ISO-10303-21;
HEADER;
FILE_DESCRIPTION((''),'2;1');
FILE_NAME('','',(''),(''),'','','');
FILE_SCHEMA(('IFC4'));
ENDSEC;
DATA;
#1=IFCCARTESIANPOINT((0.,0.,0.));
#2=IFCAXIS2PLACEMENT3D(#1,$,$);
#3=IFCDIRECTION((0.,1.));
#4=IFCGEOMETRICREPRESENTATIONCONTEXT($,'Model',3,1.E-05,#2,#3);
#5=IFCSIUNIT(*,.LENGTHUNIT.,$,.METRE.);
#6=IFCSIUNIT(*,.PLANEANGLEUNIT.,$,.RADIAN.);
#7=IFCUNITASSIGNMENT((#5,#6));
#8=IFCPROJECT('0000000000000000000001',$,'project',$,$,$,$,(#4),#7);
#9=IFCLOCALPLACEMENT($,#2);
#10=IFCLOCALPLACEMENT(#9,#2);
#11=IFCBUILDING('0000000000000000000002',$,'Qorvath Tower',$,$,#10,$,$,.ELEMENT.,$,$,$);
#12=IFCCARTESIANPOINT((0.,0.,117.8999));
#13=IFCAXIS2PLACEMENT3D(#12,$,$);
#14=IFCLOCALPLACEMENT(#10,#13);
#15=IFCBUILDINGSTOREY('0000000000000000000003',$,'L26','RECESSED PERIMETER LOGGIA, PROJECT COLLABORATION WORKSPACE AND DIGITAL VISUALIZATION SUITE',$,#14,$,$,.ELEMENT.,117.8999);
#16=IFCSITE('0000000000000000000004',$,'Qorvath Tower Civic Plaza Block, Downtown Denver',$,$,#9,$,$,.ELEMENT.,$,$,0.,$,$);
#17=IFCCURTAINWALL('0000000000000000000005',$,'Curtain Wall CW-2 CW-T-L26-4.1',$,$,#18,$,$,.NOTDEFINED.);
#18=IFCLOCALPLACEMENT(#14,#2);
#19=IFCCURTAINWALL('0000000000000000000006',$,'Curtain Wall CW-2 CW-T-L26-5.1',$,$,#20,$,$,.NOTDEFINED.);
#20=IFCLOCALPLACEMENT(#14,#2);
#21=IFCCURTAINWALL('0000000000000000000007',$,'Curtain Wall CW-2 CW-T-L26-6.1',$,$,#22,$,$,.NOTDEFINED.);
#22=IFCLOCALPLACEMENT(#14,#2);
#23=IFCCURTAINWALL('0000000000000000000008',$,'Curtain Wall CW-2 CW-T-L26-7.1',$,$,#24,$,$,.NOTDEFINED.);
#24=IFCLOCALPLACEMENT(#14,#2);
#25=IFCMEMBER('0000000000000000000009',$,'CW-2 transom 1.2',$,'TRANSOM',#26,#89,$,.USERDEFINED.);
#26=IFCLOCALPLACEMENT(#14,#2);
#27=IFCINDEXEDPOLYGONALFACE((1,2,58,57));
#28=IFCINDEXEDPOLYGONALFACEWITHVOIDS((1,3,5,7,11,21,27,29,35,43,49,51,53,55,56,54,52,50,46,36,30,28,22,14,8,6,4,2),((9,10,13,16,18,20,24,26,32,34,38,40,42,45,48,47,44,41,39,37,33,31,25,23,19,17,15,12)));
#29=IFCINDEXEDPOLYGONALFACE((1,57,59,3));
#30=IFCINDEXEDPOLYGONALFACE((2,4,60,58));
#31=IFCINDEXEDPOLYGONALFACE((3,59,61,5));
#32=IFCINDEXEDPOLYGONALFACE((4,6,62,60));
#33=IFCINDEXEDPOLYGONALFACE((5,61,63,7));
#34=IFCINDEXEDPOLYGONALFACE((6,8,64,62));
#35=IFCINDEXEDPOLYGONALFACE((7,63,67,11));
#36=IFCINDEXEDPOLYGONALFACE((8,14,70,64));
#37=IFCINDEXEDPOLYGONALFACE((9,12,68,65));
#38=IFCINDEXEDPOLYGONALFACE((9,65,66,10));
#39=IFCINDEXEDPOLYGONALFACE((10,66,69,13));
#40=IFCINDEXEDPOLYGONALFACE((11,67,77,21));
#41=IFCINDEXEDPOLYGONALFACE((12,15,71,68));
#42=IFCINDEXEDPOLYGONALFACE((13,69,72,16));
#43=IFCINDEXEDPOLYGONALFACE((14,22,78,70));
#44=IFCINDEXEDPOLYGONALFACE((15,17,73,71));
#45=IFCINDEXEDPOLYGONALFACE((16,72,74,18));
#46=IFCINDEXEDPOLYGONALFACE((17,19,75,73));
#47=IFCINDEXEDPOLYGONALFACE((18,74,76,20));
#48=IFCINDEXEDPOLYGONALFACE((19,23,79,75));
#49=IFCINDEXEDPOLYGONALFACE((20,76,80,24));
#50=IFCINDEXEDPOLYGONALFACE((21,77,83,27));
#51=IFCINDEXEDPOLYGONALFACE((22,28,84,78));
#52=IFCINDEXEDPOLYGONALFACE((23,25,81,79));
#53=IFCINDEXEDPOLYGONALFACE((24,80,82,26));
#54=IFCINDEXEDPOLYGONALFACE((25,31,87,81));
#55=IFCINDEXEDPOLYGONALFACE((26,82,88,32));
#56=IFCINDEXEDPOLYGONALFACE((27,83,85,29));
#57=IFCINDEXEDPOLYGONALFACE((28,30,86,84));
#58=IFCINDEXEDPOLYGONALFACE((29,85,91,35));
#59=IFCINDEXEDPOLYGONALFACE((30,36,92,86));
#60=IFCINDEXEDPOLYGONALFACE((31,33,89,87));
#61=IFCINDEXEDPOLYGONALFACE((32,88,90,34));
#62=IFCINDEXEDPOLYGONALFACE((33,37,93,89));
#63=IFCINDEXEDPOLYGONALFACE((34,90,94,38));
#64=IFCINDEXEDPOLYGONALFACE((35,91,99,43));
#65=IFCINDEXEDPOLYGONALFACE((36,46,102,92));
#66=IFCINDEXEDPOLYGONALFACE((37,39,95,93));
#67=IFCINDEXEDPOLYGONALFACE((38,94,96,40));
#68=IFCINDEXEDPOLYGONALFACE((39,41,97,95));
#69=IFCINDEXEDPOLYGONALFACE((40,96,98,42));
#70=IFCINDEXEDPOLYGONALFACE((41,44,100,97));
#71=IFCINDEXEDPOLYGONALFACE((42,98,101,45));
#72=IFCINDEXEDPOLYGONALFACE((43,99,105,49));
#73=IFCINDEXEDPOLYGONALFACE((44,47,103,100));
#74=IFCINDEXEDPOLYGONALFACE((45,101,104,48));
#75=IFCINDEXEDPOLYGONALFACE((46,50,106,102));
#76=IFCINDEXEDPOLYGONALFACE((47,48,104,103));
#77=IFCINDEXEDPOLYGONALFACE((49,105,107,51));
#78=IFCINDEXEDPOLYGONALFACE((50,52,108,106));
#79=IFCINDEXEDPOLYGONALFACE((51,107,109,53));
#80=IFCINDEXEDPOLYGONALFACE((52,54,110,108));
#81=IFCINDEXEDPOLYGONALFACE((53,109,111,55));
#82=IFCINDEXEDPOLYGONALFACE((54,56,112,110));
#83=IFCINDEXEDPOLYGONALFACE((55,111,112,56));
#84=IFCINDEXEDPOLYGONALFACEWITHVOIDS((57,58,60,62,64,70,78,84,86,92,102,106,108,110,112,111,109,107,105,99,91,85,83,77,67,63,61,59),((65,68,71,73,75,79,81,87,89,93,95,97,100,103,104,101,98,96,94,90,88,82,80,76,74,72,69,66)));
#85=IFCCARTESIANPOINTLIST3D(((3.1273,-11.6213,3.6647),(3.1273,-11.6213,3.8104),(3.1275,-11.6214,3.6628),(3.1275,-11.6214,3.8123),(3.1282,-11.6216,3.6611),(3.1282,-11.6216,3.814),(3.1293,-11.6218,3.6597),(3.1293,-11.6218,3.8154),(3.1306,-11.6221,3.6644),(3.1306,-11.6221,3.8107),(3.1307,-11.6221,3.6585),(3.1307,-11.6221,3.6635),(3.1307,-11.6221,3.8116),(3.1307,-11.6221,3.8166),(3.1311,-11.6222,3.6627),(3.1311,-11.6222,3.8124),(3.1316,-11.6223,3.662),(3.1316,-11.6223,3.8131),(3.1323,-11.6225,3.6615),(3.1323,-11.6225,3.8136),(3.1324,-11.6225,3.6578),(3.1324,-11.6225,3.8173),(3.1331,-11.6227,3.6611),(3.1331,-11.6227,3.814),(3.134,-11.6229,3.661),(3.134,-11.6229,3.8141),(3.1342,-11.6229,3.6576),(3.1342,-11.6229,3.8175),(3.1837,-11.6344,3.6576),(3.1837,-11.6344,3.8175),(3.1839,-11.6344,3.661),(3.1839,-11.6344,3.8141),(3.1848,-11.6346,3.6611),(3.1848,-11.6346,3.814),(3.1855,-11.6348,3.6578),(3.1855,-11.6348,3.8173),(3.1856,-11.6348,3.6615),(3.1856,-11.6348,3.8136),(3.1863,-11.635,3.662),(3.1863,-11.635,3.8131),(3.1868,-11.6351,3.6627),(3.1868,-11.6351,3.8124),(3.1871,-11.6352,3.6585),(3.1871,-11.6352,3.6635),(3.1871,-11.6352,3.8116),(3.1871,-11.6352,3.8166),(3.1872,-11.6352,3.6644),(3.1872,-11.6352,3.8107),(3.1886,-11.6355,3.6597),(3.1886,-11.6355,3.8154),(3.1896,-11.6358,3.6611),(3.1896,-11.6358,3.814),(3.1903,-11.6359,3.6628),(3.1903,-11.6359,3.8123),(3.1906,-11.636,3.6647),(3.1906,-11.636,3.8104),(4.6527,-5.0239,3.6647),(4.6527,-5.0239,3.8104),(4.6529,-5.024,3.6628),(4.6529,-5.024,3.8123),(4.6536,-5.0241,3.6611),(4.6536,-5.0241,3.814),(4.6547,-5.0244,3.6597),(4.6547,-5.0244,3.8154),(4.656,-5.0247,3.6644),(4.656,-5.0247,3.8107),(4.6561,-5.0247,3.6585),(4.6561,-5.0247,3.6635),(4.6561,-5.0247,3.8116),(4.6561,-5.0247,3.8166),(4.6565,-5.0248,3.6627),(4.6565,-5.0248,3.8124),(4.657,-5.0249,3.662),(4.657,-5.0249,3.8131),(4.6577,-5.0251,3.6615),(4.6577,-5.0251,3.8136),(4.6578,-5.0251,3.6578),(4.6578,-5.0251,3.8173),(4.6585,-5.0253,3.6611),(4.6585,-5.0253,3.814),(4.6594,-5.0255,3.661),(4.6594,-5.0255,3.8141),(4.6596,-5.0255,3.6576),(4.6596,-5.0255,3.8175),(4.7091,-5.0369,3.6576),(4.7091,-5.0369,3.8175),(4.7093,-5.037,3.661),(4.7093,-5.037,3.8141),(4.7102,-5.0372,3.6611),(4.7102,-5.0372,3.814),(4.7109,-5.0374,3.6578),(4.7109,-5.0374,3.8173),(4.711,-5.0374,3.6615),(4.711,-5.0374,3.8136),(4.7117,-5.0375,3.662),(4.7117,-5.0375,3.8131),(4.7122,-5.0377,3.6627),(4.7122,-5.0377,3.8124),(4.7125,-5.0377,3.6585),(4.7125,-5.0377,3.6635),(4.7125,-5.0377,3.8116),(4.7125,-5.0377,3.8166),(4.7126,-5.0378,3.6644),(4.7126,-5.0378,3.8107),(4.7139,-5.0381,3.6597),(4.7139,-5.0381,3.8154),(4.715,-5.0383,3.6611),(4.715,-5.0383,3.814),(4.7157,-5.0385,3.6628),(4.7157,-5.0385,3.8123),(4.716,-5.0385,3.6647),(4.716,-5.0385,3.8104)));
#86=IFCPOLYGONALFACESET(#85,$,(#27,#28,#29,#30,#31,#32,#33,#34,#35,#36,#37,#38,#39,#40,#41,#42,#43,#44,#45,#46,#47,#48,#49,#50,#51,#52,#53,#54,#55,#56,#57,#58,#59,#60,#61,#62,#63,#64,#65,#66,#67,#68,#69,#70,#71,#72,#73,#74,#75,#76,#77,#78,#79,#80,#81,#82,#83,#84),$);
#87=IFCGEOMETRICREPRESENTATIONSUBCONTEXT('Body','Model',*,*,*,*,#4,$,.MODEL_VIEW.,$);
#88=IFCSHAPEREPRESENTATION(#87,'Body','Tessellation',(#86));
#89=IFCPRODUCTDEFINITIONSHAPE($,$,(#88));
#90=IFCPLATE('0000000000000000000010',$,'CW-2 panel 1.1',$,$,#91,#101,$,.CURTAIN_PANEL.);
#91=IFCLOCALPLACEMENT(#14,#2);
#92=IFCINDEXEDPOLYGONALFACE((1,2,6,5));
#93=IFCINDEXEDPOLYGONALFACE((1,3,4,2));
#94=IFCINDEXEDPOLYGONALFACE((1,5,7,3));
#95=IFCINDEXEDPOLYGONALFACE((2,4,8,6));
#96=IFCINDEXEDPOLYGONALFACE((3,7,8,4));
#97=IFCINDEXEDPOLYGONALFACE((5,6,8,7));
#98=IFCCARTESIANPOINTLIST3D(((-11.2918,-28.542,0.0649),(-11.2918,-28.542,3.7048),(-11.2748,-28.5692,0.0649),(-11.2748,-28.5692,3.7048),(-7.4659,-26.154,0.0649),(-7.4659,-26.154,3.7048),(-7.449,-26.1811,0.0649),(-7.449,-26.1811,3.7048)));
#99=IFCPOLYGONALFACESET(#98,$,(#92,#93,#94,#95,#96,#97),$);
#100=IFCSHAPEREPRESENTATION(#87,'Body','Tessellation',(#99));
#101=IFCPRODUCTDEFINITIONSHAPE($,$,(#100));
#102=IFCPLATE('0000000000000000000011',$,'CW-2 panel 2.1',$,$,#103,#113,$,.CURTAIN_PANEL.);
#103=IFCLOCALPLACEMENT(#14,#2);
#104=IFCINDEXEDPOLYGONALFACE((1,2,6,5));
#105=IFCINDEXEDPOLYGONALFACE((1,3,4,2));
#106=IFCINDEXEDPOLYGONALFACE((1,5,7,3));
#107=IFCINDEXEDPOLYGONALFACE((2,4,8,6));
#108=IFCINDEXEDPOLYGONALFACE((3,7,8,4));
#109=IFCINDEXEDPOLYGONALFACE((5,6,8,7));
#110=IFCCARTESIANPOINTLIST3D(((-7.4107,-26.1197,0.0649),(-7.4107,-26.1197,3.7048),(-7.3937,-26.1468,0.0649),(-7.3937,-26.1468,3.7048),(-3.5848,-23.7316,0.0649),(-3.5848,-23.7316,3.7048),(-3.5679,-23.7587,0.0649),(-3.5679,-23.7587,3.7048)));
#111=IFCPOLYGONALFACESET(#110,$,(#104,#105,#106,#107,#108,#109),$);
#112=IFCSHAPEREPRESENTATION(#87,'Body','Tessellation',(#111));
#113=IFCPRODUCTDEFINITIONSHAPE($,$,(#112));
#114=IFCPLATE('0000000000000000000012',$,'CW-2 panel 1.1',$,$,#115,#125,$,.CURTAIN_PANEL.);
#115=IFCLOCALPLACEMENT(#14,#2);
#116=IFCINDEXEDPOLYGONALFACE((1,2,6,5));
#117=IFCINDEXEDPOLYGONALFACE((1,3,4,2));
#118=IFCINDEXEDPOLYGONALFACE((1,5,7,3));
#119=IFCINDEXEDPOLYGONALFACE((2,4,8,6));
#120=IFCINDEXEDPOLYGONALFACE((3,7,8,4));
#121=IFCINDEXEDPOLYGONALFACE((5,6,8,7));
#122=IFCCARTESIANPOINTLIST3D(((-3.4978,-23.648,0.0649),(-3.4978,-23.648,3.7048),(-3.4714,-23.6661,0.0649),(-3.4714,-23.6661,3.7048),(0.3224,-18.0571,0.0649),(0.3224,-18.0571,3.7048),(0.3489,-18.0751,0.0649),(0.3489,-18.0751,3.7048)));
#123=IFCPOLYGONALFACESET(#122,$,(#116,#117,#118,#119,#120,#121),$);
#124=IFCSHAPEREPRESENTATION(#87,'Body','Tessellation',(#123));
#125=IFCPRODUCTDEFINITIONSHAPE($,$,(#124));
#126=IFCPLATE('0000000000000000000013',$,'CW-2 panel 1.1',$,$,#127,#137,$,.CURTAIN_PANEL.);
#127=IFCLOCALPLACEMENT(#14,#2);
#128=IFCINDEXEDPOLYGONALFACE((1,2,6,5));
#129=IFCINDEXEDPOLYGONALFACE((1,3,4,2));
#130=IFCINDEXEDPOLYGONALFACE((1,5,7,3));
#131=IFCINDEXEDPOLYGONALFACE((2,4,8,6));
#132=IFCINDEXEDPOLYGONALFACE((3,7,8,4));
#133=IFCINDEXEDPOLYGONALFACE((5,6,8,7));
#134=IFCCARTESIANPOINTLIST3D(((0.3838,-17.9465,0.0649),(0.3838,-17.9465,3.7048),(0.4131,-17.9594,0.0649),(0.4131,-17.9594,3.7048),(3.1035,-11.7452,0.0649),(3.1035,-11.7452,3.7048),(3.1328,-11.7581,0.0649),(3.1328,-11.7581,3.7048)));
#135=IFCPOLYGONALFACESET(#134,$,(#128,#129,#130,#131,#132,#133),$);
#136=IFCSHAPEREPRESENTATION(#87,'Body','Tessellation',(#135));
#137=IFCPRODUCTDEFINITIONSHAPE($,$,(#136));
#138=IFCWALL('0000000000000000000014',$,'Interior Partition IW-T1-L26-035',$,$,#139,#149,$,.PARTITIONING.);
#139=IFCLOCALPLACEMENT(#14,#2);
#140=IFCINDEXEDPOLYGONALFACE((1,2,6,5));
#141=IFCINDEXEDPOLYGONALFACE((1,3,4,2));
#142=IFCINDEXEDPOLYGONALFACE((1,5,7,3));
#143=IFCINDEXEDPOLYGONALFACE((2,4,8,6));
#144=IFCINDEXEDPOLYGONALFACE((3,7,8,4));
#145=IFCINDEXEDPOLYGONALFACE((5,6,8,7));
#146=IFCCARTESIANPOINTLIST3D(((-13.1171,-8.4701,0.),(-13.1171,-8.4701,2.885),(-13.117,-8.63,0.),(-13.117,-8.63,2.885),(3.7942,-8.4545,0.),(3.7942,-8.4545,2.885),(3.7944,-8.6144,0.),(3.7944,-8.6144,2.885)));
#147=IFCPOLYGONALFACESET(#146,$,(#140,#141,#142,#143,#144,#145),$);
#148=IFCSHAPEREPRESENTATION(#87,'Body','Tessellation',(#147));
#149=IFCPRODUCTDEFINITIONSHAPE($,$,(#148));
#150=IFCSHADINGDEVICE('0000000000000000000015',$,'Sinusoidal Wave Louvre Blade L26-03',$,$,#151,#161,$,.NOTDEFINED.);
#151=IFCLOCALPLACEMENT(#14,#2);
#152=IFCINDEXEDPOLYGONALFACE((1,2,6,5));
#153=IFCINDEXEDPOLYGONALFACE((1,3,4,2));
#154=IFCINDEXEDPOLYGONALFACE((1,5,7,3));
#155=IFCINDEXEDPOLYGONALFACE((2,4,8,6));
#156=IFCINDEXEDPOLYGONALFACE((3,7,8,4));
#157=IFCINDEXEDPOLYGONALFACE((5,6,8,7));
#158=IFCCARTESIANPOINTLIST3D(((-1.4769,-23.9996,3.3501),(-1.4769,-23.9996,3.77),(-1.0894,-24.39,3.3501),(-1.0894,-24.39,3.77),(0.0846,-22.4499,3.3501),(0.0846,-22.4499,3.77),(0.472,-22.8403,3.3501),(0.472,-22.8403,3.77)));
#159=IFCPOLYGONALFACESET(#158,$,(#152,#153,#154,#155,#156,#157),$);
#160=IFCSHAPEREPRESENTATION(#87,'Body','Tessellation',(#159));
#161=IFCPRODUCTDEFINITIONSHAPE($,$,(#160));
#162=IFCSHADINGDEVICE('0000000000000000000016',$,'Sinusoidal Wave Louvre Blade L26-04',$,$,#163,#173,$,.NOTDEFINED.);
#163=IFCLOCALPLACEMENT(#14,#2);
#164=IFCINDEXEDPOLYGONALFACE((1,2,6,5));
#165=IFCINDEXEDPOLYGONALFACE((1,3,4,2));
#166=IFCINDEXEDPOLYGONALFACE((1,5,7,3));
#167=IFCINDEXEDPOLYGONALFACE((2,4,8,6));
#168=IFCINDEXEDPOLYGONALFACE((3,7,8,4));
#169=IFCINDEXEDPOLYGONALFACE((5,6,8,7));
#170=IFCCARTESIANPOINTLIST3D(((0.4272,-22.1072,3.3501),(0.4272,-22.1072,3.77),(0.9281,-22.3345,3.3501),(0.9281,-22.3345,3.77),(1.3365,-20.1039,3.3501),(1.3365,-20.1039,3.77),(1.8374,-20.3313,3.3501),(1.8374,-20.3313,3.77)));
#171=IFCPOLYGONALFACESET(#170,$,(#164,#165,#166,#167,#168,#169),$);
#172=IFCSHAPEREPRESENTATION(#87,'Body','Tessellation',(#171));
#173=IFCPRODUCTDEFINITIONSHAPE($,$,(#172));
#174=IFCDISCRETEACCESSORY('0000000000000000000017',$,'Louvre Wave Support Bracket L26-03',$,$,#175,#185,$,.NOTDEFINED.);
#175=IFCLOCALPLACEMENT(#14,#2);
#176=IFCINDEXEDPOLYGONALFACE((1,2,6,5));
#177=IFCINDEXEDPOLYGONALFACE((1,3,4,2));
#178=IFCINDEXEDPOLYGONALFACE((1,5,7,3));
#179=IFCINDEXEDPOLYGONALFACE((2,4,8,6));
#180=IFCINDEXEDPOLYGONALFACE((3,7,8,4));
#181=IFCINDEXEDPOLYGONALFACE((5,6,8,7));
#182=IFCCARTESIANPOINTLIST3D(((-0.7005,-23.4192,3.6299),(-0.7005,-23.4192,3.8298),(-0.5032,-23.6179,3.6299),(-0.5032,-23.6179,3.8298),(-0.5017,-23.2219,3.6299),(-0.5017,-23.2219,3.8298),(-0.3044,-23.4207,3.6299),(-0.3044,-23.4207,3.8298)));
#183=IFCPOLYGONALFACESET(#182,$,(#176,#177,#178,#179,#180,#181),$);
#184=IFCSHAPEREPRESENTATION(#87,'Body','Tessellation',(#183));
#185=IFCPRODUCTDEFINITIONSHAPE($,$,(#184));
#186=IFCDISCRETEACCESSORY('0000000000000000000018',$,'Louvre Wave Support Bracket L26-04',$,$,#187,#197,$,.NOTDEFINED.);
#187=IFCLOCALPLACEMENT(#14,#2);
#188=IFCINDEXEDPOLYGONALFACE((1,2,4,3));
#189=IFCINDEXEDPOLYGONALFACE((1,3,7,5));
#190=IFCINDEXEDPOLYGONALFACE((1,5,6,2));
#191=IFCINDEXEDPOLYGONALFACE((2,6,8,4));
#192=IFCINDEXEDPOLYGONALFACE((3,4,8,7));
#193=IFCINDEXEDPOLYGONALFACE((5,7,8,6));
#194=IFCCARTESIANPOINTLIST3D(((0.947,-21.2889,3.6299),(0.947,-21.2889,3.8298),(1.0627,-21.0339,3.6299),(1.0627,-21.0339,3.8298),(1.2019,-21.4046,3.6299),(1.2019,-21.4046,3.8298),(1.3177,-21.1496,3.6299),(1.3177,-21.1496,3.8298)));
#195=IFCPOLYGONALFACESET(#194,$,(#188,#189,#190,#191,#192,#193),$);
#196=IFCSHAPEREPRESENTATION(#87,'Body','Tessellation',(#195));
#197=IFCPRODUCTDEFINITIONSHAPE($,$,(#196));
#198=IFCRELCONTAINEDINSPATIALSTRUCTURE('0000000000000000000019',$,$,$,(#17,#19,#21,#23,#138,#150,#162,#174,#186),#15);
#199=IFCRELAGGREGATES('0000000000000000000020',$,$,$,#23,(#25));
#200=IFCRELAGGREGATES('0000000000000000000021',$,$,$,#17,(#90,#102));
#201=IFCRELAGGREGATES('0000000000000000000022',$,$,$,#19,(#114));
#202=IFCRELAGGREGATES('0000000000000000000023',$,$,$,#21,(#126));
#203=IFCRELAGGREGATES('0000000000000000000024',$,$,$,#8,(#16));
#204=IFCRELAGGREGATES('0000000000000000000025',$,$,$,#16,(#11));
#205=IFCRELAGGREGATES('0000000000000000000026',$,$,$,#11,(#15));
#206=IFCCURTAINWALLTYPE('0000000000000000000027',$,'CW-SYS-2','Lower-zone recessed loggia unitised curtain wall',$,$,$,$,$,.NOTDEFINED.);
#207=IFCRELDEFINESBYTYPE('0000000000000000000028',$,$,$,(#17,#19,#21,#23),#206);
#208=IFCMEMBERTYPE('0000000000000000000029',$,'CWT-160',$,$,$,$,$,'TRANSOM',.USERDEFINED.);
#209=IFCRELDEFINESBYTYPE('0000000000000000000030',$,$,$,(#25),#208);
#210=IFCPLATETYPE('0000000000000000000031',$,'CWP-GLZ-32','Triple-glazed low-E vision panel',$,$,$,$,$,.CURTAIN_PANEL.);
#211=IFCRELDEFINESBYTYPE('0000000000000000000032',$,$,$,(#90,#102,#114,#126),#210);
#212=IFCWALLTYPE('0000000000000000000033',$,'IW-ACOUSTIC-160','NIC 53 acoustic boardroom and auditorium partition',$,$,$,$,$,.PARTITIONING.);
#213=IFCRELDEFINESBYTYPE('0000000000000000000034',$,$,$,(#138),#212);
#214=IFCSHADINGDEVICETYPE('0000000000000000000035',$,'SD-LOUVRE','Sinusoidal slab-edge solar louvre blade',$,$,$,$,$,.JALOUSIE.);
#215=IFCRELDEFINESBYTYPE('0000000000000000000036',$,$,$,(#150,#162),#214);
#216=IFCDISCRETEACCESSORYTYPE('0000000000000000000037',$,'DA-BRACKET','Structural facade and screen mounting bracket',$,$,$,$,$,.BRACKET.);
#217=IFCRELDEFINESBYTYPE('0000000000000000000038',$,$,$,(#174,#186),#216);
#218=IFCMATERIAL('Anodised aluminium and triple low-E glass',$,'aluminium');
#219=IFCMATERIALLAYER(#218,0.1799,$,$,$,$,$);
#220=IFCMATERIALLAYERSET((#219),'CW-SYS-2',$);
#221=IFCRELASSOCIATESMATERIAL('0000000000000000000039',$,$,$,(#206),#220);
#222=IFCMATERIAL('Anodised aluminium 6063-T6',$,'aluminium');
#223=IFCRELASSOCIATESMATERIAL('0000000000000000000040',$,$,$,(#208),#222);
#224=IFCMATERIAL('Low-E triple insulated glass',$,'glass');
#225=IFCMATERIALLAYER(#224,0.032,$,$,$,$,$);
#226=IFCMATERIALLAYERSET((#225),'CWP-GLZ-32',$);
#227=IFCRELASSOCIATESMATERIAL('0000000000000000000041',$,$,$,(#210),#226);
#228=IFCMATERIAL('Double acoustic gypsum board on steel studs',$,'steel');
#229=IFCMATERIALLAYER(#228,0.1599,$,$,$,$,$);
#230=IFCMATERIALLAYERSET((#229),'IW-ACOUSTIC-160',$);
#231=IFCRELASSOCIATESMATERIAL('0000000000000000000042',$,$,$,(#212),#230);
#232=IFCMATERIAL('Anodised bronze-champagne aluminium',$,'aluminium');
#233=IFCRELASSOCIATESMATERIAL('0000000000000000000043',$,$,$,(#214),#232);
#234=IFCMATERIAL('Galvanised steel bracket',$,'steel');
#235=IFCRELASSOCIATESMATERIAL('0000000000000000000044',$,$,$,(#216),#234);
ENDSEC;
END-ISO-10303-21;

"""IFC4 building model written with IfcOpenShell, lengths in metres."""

from ifc_helpers import new_model, si_unit, direction, frame, frame_2d, origin, origin_2d, place, context, subcontext, project, spatial, rectangle, hollow_rectangle, extrude, material, layer, layer_set, material_profile, profile_set, type_object, element, aggregate, save


model = new_model("IFC4")

# Units and contexts
model_context = context("Model", 3, precision=1e-05, world=origin(), true_north=direction((0.0, 1.0)))
body_context = subcontext(model_context, "Body", "Model", "MODEL_VIEW")
ifc_project = project(units=[si_unit("LENGTHUNIT", "METRE"), si_unit("PLANEANGLEUNIT", "RADIAN")], contexts=[model_context])

# Site, building, storey
site_placement = place(None, origin())
site = spatial("IfcSite", under=ifc_project, at=site_placement, Name="Qorvath Tower Civic Plaza Block, Downtown Denver", CompositionType="ELEMENT", RefElevation=0.0)
building_placement = place(site_placement, origin())
building = spatial("IfcBuilding", under=site, at=building_placement, Name="Qorvath Tower", CompositionType="ELEMENT")
storey_placement = place(building_placement, frame((0.0, 0.0, 117.8999)))
storey = spatial("IfcBuildingStorey", under=building, at=storey_placement, Name="L26", Description="RECESSED PERIMETER LOGGIA, PROJECT COLLABORATION WORKSPACE AND DIGITAL VISUALIZATION SUITE", CompositionType="ELEMENT", Elevation=117.8999)

# Curtain walls
ifc_material_1 = material(Name="Anodised aluminium and triple low-E glass", Category="aluminium")
ifc_layer_1 = layer(ifc_material_1, 0.1799)
ifc_layer_set_1 = layer_set([ifc_layer_1], Name="CW-SYS-2")
curtain_wall_type = type_object("IfcCurtainWallType", Name="CW-SYS-2", Description="Lower-zone recessed loggia unitised curtain wall", PredefinedType="NOTDEFINED", material=ifc_layer_set_1)
curtain_wall_1_placement = place(storey_placement, origin())
curtain_wall_1 = element("IfcCurtainWall", 1, at=curtain_wall_1_placement, inside=storey, type_object=curtain_wall_type, Name="Curtain Wall CW-2 CW-T-L26-4.1", PredefinedType="NOTDEFINED")
curtain_wall_2_placement = place(storey_placement, origin())
curtain_wall_2 = element("IfcCurtainWall", 2, at=curtain_wall_2_placement, inside=storey, type_object=curtain_wall_type, Name="Curtain Wall CW-2 CW-T-L26-5.1", PredefinedType="NOTDEFINED")
curtain_wall_3_placement = place(storey_placement, origin())
curtain_wall_3 = element("IfcCurtainWall", 3, at=curtain_wall_3_placement, inside=storey, type_object=curtain_wall_type, Name="Curtain Wall CW-2 CW-T-L26-6.1", PredefinedType="NOTDEFINED")

# Curtain wall
curtain_wall_4_placement = place(storey_placement, origin())
curtain_wall_4 = element("IfcCurtainWall", 4, at=curtain_wall_4_placement, inside=storey, type_object=curtain_wall_type, Name="Curtain Wall CW-2 CW-T-L26-7.1", PredefinedType="NOTDEFINED")

# Member
ifc_material_2 = material(Name="Anodised aluminium 6063-T6", Category="aluminium")
ifc_material_profile_1 = material_profile(ifc_material_2, hollow_rectangle(XDim=0.0649, YDim=0.1599, WallThickness=0.0034, InnerFilletRadius=0.0034, OuterFilletRadius=0.0071, at=origin_2d()), Name="CWT 160x65")
ifc_profile_set_1 = profile_set([ifc_material_profile_1], Name="Anodised aluminium 6063-T6")
member_type_1 = type_object("IfcMemberType", Name="CWT-160", ElementType="TRANSOM", PredefinedType="USERDEFINED", material=ifc_profile_set_1)
member_1_placement = place(storey_placement, frame((3.1589, -11.6287, 3.7375), z_axis=(0.225268, 0.974297, 0.0), x_axis=(-0.974297, 0.225268, 0.0)))
member_1 = element("IfcMember", 5, at=member_1_placement, type_object=member_type_1, Name="CW-2 transom 1.2", ObjectType="TRANSOM", PredefinedType="USERDEFINED", context=body_context, shape_type="SweptSolid", body=[
    extrude(hollow_rectangle(XDim=0.0649, YDim=0.1599, WallThickness=0.0034, InnerFilletRadius=0.0034, OuterFilletRadius=0.0071, at=origin_2d()), origin(), (0.0, 0.0, 1.0), 6.7715),
])
aggregate(curtain_wall_4, [member_1])

# Plates
ifc_material_3 = material(Name="Low-E triple insulated glass", Category="glass")
ifc_layer_2 = layer(ifc_material_3, 0.032)
ifc_layer_set_2 = layer_set([ifc_layer_2], Name="CWP-GLZ-32")
plate_type = type_object("IfcPlateType", Name="CWP-GLZ-32", Description="Triple-glazed low-E vision panel", PredefinedType="CURTAIN_PANEL", material=ifc_layer_set_2)
plate_1_placement = place(storey_placement, frame((-9.3704, -27.3616, 0.0649), z_axis=(0.0, 0.0, 1.0), x_axis=(0.848308, 0.529503, 0.0)))
plate_1 = element("IfcPlate", 6, at=plate_1_placement, type_object=plate_type, Name="CW-2 panel 1.1", PredefinedType="CURTAIN_PANEL", context=body_context, shape_type="SweptSolid", body=[
    extrude(rectangle(XDim=4.51, YDim=0.032, at=origin_2d()), origin(), (0.0, 0.0, 1.0), 3.6399),
])
plate_2_placement = place(storey_placement, frame((-5.4893, -24.9392, 0.0649), z_axis=(0.0, 0.0, 1.0), x_axis=(0.848308, 0.529503, 0.0)))
plate_2 = element("IfcPlate", 7, at=plate_2_placement, type_object=plate_type, Name="CW-2 panel 2.1", PredefinedType="CURTAIN_PANEL", context=body_context, shape_type="SweptSolid", body=[
    extrude(rectangle(XDim=4.51, YDim=0.032, at=origin_2d()), origin(), (0.0, 0.0, 1.0), 3.6399),
])
aggregate(curtain_wall_1, [plate_1, plate_2])
plate_3_placement = place(storey_placement, frame((-1.5745, -20.8616, 0.0649), z_axis=(0.0, 0.0, 1.0), x_axis=(0.564164, 0.825663, 0.0)))
plate_3 = element("IfcPlate", 8, at=plate_3_placement, type_object=plate_type, Name="CW-2 panel 1.1", PredefinedType="CURTAIN_PANEL", context=body_context, shape_type="SweptSolid", body=[
    extrude(rectangle(XDim=6.7715, YDim=0.032, at=origin_2d()), origin(), (0.0, 0.0, 1.0), 3.6399),
])
aggregate(curtain_wall_2, [plate_3])
plate_4_placement = place(storey_placement, frame((1.7583, -14.8523, 0.0649), z_axis=(0.0, 0.0, 1.0), x_axis=(0.401649, 0.915794, 0.0)))
plate_4 = element("IfcPlate", 9, at=plate_4_placement, type_object=plate_type, Name="CW-2 panel 1.1", PredefinedType="CURTAIN_PANEL", context=body_context, shape_type="SweptSolid", body=[
    extrude(rectangle(XDim=6.7715, YDim=0.032, at=origin_2d()), origin(), (0.0, 0.0, 1.0), 3.6399),
])
aggregate(curtain_wall_3, [plate_4])

# Wall
ifc_material_4 = material(Name="Double acoustic gypsum board on steel studs", Category="steel")
ifc_layer_3 = layer(ifc_material_4, 0.1599)
ifc_layer_set_3 = layer_set([ifc_layer_3], Name="IW-ACOUSTIC-160")
wall_type = type_object("IfcWallType", Name="IW-ACOUSTIC-160", Description="NIC 53 acoustic boardroom and auditorium partition", PredefinedType="PARTITIONING", material=ifc_layer_set_3)
wall_placement = place(storey_placement, frame((3.7942, -8.5344, 0.0), z_axis=(0.0, 0.0, 1.0), x_axis=(-1.0, -0.000924, 0.0)))
element("IfcWall", 10, at=wall_placement, inside=storey, type_object=wall_type, Name="Interior Partition IW-T1-L26-035", PredefinedType="PARTITIONING", context=body_context, shape_type="SweptSolid", body=[
    extrude(rectangle(XDim=16.9114, YDim=0.1599, at=frame_2d((8.4556, 0.0))), origin(), (0.0, 0.0, 1.0), 2.885),
])

# Shading devices
ifc_material_5 = material(Name="Anodised bronze-champagne aluminium", Category="aluminium")
shading_device_type = type_object("IfcShadingDeviceType", Name="SD-LOUVRE", Description="Sinusoidal slab-edge solar louvre blade", PredefinedType="JALOUSIE", material=ifc_material_5)
for number, where, z_axis, x_axis, name in (
    (11, (-0.5024, -23.4199, 3.3501), (0.0, 0.0, 1.0), (0.709769, 0.704435, 0.0), "Sinusoidal Wave Louvre Blade L26-03"),
    (12, (1.1323, -21.2192, 3.3501), (0.0, 0.0, 1.0), (0.413332, 0.910581, 0.0), "Sinusoidal Wave Louvre Blade L26-04"),
):
    element("IfcShadingDevice", number, at=place(storey_placement, frame(where, z_axis=z_axis, x_axis=x_axis)), inside=storey, type_object=shading_device_type, Name=name, PredefinedType="NOTDEFINED", context=body_context, shape_type="SweptSolid", body=[
        extrude(rectangle(XDim=2.2, YDim=0.55, at=origin_2d()), origin(), (0.0, 0.0, 1.0), 0.4199),
    ])

# Discrete accessories
ifc_material_6 = material(Name="Galvanised steel bracket", Category="steel")
discrete_accessory_type = type_object("IfcDiscreteAccessoryType", Name="DA-BRACKET", Description="Structural facade and screen mounting bracket", PredefinedType="BRACKET", material=ifc_material_6)
for number, where, z_axis, x_axis, name in (
    (13, (-0.5024, -23.4199, 3.6299), (0.0, 0.0, 1.0), (0.709769, 0.704435, 0.0), "Louvre Wave Support Bracket L26-03"),
    (14, (1.1323, -21.2192, 3.6299), (0.0, 0.0, 1.0), (0.413332, 0.910581, 0.0), "Louvre Wave Support Bracket L26-04"),
):
    element("IfcDiscreteAccessory", number, at=place(storey_placement, frame(where, z_axis=z_axis, x_axis=x_axis)), inside=storey, type_object=discrete_accessory_type, Name=name, PredefinedType="NOTDEFINED", context=body_context, shape_type="SweptSolid", body=[
        extrude(rectangle(XDim=0.28, YDim=0.28, at=origin_2d()), origin(), (0.0, 0.0, 1.0), 0.2),
    ])

save(model, "model.ifc")
